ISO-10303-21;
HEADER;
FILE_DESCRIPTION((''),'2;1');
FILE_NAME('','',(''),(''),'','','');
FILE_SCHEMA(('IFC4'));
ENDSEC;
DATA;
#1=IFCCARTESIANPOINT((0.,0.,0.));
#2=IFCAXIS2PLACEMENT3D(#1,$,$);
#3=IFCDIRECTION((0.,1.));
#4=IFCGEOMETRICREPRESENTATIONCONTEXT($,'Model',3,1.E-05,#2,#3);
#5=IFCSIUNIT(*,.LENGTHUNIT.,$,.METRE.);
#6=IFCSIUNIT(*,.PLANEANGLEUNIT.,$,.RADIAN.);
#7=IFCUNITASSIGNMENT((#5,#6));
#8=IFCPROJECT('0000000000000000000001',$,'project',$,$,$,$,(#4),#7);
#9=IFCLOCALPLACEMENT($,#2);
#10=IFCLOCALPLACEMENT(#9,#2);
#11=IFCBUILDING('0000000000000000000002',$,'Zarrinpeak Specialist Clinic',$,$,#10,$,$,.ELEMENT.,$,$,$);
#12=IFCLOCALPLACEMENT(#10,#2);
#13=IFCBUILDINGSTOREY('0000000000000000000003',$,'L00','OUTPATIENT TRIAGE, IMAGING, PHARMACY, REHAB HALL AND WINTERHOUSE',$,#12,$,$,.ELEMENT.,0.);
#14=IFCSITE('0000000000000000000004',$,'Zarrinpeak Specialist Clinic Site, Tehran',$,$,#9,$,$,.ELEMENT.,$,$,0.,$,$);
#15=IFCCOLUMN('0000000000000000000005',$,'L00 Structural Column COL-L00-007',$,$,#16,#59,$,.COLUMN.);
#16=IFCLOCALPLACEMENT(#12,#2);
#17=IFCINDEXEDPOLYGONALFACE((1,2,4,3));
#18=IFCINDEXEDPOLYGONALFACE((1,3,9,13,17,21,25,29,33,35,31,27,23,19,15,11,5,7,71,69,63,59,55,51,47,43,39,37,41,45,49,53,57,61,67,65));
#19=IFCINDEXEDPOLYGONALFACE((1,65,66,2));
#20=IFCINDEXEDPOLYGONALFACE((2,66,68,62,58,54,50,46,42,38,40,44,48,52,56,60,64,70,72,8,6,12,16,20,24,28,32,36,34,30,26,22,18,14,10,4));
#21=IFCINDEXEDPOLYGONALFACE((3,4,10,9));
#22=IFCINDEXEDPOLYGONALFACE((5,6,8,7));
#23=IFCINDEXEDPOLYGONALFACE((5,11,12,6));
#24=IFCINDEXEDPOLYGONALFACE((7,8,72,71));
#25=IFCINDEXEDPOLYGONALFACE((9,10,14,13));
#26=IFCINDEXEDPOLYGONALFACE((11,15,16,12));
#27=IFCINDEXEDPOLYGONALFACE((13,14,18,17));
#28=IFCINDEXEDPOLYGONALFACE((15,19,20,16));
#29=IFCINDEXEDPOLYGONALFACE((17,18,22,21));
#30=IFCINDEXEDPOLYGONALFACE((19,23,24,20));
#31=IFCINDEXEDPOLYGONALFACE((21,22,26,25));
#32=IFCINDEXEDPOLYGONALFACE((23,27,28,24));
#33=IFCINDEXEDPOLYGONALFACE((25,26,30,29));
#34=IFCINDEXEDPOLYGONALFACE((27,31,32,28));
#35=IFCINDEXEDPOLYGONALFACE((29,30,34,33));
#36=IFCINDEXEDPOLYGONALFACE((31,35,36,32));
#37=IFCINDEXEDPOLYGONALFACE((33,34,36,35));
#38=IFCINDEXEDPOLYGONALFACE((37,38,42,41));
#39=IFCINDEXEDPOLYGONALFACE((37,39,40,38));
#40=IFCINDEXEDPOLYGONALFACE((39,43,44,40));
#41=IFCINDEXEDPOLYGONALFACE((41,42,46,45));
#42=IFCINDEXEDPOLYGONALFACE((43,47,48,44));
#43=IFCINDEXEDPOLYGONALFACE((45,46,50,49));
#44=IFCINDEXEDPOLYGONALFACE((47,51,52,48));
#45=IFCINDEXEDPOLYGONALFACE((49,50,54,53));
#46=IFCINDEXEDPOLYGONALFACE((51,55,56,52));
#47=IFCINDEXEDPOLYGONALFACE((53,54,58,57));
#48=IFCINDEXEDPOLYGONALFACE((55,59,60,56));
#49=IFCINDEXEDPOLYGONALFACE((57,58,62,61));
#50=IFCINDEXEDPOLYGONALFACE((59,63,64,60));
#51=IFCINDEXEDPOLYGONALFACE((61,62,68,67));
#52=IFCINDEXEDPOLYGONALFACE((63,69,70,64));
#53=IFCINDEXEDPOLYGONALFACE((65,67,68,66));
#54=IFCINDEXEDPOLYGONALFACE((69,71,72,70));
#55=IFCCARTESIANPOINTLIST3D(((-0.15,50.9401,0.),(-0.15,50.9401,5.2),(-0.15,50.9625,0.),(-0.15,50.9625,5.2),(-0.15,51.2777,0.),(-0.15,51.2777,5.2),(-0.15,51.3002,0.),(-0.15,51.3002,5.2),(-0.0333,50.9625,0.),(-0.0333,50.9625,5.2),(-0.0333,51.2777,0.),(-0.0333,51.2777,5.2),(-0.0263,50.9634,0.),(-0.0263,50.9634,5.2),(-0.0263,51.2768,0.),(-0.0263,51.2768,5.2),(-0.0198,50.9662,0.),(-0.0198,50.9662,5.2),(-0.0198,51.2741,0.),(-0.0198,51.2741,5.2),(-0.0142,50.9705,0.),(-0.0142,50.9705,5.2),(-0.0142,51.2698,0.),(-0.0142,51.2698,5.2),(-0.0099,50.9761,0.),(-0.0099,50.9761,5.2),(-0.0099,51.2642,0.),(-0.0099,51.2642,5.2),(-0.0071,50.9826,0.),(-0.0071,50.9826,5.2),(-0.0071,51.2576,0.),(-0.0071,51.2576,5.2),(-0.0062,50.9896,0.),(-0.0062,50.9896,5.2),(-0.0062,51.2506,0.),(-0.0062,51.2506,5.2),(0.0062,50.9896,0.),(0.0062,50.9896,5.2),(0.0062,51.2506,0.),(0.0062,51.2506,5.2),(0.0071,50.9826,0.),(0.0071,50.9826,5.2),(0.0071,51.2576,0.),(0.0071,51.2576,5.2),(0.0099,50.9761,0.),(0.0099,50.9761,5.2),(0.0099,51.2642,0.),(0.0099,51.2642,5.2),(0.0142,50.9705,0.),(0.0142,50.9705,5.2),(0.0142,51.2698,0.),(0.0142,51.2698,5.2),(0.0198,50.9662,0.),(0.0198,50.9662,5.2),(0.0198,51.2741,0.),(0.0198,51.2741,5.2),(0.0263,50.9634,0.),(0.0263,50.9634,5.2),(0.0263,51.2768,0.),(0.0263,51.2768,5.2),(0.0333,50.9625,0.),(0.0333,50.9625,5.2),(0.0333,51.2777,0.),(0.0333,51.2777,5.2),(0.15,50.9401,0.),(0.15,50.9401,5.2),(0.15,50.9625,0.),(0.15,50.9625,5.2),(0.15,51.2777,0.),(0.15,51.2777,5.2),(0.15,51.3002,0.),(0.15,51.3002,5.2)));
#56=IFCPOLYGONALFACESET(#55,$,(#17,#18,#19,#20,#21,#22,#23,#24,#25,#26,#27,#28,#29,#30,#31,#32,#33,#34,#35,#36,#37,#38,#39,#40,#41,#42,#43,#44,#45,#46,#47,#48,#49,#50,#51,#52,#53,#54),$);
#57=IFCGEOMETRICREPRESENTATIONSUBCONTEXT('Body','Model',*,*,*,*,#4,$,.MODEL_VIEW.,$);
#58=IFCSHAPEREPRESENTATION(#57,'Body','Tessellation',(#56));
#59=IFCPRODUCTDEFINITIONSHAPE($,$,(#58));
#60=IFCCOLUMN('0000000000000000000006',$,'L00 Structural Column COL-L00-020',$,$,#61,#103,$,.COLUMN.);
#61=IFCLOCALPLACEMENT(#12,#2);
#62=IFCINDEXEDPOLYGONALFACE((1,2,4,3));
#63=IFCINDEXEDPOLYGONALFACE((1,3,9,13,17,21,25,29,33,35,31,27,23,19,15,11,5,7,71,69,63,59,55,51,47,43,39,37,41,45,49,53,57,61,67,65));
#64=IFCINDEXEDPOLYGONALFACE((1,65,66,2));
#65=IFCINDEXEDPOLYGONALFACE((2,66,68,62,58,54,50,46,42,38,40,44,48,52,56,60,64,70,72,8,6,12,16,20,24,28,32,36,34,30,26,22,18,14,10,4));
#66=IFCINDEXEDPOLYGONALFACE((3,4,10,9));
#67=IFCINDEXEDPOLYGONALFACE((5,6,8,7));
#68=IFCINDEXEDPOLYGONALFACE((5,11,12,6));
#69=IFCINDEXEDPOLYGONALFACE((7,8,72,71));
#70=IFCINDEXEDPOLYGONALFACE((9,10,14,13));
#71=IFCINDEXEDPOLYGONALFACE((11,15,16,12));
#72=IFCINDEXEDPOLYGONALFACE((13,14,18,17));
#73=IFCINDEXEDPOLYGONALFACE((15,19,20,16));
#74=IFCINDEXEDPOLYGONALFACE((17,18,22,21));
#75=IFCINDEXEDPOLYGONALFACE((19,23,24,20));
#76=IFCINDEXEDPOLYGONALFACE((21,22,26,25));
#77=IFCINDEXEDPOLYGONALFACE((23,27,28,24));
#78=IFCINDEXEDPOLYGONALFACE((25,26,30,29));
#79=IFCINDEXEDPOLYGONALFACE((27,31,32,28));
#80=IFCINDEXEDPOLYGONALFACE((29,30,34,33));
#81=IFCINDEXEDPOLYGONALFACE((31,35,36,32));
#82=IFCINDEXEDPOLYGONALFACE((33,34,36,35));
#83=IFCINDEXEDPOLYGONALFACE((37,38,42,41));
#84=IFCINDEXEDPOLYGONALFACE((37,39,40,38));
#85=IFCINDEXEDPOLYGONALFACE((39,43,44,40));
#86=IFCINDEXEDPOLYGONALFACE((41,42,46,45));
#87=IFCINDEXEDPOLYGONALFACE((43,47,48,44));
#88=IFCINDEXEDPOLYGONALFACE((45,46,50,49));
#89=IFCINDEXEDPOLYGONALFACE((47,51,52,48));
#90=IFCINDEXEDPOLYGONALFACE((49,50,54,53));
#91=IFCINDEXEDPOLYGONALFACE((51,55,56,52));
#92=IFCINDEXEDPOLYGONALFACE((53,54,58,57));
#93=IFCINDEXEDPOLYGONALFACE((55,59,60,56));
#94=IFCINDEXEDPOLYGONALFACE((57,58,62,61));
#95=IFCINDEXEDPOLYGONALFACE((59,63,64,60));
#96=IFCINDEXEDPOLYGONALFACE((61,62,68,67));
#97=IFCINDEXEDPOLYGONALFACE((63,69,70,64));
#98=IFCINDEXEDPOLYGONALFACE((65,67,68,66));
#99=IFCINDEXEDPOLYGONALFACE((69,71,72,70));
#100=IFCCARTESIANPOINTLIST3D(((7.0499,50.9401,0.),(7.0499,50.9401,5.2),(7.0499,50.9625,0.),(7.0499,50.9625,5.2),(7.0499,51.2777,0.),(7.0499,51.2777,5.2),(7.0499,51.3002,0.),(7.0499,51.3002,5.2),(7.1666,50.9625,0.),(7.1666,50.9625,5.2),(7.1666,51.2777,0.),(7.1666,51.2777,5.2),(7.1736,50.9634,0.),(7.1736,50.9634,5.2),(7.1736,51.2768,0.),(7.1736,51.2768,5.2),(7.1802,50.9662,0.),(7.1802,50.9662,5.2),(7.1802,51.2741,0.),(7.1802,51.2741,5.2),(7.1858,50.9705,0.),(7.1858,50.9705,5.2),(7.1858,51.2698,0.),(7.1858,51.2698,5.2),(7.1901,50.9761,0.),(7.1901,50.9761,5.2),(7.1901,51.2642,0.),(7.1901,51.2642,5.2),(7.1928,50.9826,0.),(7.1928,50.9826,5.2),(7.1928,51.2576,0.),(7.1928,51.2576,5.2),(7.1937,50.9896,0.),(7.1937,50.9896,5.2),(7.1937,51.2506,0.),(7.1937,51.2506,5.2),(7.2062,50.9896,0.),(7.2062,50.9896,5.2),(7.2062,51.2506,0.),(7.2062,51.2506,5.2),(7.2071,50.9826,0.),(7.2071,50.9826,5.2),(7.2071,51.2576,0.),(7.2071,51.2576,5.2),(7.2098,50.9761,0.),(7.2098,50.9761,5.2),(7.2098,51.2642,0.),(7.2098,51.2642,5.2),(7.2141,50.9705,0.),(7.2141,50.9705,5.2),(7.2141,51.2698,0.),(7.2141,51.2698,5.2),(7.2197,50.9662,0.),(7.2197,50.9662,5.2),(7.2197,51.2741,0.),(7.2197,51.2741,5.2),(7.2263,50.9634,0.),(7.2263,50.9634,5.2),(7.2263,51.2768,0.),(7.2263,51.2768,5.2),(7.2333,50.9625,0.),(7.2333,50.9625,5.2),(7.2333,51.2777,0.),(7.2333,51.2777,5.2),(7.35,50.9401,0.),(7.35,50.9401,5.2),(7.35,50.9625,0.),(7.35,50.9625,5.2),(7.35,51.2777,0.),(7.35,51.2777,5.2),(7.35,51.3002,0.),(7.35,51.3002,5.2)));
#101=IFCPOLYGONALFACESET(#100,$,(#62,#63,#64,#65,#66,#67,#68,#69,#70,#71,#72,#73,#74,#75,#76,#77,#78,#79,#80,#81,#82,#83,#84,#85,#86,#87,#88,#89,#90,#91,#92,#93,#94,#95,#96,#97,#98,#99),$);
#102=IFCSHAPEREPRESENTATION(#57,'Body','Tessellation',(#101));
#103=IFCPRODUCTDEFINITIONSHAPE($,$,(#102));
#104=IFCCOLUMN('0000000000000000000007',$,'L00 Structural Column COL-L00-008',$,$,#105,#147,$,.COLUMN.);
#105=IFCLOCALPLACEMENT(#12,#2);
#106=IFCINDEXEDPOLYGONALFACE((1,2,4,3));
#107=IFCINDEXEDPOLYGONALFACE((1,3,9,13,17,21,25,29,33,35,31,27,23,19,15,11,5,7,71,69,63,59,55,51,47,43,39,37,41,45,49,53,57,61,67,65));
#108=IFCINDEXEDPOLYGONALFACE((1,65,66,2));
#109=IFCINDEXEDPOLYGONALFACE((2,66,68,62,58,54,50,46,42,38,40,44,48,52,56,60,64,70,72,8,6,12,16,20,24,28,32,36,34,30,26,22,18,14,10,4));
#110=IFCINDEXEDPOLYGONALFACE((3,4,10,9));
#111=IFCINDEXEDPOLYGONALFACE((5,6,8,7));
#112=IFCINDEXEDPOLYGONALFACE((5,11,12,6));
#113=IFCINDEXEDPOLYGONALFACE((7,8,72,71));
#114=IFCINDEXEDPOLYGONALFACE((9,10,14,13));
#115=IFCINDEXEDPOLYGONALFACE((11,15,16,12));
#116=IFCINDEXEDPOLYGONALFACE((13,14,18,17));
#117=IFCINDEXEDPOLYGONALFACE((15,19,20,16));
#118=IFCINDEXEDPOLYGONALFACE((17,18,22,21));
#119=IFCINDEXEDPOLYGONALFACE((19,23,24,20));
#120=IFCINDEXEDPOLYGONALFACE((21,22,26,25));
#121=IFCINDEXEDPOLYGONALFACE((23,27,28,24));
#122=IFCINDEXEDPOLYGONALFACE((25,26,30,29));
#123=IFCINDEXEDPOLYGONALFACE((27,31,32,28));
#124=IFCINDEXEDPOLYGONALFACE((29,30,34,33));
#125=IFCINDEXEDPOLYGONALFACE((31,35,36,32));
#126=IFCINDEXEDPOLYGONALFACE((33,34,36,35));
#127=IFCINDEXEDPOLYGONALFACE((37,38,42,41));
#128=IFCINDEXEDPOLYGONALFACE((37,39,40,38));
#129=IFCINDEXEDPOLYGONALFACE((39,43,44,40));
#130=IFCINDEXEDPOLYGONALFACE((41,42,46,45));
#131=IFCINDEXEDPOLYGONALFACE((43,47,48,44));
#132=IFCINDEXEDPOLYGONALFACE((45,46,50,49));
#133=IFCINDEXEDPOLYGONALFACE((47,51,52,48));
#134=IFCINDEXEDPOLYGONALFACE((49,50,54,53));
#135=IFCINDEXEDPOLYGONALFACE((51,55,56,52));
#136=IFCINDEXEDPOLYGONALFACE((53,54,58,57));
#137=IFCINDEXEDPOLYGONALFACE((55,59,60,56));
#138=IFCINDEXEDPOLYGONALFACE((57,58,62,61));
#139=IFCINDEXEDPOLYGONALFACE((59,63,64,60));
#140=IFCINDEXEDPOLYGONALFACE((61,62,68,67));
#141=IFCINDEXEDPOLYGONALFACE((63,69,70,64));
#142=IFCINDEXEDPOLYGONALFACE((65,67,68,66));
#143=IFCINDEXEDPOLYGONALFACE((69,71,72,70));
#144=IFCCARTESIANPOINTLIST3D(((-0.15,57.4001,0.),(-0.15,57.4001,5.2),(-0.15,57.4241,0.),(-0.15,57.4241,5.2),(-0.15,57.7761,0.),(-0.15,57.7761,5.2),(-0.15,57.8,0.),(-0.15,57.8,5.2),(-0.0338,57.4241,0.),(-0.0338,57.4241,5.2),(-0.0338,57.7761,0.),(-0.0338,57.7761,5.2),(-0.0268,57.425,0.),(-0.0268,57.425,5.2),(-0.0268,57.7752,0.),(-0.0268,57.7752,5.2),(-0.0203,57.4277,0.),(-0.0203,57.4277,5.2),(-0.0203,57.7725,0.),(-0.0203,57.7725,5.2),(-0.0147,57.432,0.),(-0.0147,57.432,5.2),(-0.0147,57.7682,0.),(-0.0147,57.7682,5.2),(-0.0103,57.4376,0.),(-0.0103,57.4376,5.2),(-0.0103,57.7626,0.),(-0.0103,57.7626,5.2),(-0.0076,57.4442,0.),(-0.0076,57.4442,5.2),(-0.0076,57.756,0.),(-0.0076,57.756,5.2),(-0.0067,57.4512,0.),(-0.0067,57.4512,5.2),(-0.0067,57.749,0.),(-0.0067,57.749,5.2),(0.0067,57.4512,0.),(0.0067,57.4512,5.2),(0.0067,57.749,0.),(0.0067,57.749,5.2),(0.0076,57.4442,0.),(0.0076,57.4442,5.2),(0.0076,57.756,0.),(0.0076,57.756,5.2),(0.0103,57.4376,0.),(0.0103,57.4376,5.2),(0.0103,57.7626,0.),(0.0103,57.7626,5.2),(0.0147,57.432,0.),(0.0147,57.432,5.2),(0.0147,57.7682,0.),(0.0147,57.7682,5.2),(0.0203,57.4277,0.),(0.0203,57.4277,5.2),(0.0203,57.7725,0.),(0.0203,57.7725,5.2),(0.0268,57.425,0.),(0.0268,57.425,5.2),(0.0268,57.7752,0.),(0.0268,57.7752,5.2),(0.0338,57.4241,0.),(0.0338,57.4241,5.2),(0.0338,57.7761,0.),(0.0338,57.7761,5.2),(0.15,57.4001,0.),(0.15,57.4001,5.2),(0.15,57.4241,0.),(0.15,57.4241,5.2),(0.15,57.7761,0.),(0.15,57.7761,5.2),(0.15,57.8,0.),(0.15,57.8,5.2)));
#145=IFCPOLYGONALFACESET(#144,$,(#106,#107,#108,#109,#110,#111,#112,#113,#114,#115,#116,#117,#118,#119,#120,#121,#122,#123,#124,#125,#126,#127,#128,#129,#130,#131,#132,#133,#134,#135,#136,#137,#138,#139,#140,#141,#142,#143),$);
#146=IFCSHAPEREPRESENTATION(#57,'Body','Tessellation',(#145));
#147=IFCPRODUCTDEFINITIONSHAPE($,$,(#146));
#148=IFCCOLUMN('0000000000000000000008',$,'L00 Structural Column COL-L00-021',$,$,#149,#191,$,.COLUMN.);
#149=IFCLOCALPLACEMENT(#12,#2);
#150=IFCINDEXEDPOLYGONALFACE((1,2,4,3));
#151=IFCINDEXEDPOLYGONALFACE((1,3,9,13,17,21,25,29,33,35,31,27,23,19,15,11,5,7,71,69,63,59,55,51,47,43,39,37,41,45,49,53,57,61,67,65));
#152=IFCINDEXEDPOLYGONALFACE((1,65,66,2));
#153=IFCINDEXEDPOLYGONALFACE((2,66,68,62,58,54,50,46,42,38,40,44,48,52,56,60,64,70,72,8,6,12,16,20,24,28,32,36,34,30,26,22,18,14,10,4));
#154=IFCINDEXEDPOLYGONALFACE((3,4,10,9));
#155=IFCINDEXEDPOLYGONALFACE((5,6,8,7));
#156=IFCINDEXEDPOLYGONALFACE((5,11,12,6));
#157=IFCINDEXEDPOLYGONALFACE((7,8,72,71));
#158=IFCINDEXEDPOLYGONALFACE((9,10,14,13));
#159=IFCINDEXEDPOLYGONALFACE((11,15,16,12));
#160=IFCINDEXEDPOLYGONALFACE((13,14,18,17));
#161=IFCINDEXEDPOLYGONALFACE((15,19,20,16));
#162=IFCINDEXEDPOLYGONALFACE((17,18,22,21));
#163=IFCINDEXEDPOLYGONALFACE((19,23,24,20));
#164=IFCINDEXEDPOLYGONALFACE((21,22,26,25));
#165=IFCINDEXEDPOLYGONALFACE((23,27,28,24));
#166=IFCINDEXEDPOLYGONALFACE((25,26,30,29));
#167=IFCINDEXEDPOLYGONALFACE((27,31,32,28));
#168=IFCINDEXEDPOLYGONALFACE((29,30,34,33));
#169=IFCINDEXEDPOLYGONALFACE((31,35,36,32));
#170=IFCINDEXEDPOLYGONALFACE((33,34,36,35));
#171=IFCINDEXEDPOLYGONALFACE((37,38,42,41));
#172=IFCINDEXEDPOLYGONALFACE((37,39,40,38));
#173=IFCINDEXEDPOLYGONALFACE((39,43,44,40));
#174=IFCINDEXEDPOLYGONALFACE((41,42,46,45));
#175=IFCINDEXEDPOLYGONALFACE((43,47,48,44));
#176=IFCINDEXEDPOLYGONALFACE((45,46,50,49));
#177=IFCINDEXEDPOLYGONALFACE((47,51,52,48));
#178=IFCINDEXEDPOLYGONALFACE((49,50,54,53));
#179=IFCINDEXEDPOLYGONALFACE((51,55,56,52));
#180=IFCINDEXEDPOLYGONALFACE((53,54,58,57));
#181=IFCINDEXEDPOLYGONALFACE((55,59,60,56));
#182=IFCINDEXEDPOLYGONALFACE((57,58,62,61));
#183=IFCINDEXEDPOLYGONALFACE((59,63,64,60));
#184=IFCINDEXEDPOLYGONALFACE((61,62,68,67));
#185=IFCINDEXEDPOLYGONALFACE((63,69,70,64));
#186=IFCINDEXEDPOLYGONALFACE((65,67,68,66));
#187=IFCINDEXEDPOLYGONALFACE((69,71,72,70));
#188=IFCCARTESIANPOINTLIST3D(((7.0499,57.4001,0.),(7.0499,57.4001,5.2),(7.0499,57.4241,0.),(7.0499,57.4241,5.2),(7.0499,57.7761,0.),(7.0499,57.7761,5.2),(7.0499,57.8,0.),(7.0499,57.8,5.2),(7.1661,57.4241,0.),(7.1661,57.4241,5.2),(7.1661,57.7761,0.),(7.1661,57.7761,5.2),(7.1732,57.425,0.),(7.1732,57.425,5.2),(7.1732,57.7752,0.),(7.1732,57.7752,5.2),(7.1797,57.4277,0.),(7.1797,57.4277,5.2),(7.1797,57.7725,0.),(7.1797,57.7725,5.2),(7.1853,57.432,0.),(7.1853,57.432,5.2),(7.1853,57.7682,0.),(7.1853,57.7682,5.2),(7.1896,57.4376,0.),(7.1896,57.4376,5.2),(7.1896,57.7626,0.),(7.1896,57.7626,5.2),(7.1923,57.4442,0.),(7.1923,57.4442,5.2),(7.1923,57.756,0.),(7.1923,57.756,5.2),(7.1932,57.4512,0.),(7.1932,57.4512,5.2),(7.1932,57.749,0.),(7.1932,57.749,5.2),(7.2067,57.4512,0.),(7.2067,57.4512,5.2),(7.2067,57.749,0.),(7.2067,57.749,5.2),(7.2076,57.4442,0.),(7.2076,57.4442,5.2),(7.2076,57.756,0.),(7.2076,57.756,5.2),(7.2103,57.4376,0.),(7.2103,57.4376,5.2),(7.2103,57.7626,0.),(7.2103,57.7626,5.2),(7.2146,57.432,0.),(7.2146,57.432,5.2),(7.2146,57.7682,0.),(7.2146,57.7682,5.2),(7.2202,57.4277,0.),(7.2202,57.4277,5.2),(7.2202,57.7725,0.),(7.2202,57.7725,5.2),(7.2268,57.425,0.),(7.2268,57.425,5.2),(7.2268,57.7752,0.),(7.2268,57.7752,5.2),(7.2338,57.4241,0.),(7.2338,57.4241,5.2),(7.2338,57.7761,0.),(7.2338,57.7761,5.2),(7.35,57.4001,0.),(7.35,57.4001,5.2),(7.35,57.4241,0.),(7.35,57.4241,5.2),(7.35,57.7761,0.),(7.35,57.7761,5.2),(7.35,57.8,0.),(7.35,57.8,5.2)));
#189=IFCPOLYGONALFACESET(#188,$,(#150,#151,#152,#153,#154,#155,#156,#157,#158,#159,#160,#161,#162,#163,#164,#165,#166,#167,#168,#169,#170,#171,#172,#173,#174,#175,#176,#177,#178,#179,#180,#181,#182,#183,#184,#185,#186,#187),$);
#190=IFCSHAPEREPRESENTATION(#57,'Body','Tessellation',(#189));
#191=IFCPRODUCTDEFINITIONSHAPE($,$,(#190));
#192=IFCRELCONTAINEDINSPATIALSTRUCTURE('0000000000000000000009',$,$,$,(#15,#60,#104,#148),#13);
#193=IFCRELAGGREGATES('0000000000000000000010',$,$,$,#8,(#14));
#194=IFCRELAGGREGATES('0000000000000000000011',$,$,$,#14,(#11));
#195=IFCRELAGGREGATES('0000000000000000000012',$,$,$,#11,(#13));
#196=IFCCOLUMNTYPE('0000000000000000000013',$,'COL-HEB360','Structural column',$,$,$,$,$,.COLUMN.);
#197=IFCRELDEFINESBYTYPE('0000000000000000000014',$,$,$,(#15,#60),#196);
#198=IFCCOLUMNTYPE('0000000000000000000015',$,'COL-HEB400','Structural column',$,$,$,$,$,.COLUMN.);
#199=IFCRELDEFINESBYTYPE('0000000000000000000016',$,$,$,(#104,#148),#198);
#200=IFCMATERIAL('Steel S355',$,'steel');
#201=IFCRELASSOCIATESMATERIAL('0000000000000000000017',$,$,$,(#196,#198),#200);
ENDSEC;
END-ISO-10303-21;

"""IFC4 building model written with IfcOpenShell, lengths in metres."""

from ifc_helpers import new_model, si_unit, direction, frame, origin, origin_2d, place, context, subcontext, project, spatial, i_section, extrude, material, material_profile, profile_set, type_object, element, save


model = new_model("IFC4")

# Units and contexts
model_context = context("Model", 3, precision=1e-05, world=origin(), true_north=direction((0.0, 1.0)))
body_context = subcontext(model_context, "Body", "Model", "MODEL_VIEW")
ifc_project = project(units=[si_unit("LENGTHUNIT", "METRE"), si_unit("PLANEANGLEUNIT", "RADIAN")], contexts=[model_context])

# Site, building, storey
site_placement = place(None, origin())
site = spatial("IfcSite", under=ifc_project, at=site_placement, Name="Zarrinpeak Specialist Clinic Site, Tehran", CompositionType="ELEMENT", RefElevation=0.0)
building_placement = place(site_placement, origin())
building = spatial("IfcBuilding", under=site, at=building_placement, Name="Zarrinpeak Specialist Clinic", CompositionType="ELEMENT")
storey_placement = place(building_placement, origin())
storey = spatial("IfcBuildingStorey", under=building, at=storey_placement, Name="L00", Description="OUTPATIENT TRIAGE, IMAGING, PHARMACY, REHAB HALL AND WINTERHOUSE", CompositionType="ELEMENT", Elevation=0.0)

# Columns
ifc_material_1 = material(Name="Steel S355", Category="steel")
ifc_material_profile_1 = material_profile(ifc_material_1, i_section(OverallWidth=0.3, OverallDepth=0.3601, WebThickness=0.0125, FlangeThickness=0.0225, FilletRadius=0.0271, at=origin_2d()), Name="HEB 360")
ifc_profile_set_1 = profile_set([ifc_material_profile_1], Name="Steel S355")
column_type_1 = type_object("IfcColumnType", Name="COL-HEB360", Description="Structural column", PredefinedType="COLUMN", material=ifc_profile_set_1)
for number, where, z_axis, x_axis, name in (
    (1, (0.0, 51.1201, 0.0), (0.0, 0.0, 1.0), (1.0, 0.0, 0.0), "L00 Structural Column COL-L00-007"),
    (2, (7.2, 51.1201, 0.0), (0.0, 0.0, 1.0), (1.0, 0.0, 0.0), "L00 Structural Column COL-L00-020"),
):
    element("IfcColumn", number, at=place(storey_placement, frame(where, z_axis=z_axis, x_axis=x_axis)), inside=storey, type_object=column_type_1, Name=name, PredefinedType="COLUMN", context=body_context, shape_type="SweptSolid", body=[
        extrude(i_section(OverallWidth=0.3, OverallDepth=0.3601, WebThickness=0.0125, FlangeThickness=0.0225, FilletRadius=0.0271, at=origin_2d()), origin(), (0.0, 0.0, 1.0), 5.2),
    ])
ifc_material_profile_2 = material_profile(ifc_material_1, i_section(OverallWidth=0.3, OverallDepth=0.3999, WebThickness=0.0134, FlangeThickness=0.0239, FilletRadius=0.0271, at=origin_2d()), Name="HEB 400")
ifc_profile_set_2 = profile_set([ifc_material_profile_2], Name="Steel S355")
column_type_2 = type_object("IfcColumnType", Name="COL-HEB400", Description="Structural column", PredefinedType="COLUMN", material=ifc_profile_set_2)
for number, where, z_axis, x_axis, name in (
    (3, (0.0, 57.6001, 0.0), (0.0, 0.0, 1.0), (1.0, 0.0, 0.0), "L00 Structural Column COL-L00-008"),
    (4, (7.2, 57.6001, 0.0), (0.0, 0.0, 1.0), (1.0, 0.0, 0.0), "L00 Structural Column COL-L00-021"),
):
    element("IfcColumn", number, at=place(storey_placement, frame(where, z_axis=z_axis, x_axis=x_axis)), inside=storey, type_object=column_type_2, Name=name, PredefinedType="COLUMN", context=body_context, shape_type="SweptSolid", body=[
        extrude(i_section(OverallWidth=0.3, OverallDepth=0.3999, WebThickness=0.0134, FlangeThickness=0.0239, FilletRadius=0.0271, at=origin_2d()), origin(), (0.0, 0.0, 1.0), 5.2),
    ])

save(model, "model.ifc")
